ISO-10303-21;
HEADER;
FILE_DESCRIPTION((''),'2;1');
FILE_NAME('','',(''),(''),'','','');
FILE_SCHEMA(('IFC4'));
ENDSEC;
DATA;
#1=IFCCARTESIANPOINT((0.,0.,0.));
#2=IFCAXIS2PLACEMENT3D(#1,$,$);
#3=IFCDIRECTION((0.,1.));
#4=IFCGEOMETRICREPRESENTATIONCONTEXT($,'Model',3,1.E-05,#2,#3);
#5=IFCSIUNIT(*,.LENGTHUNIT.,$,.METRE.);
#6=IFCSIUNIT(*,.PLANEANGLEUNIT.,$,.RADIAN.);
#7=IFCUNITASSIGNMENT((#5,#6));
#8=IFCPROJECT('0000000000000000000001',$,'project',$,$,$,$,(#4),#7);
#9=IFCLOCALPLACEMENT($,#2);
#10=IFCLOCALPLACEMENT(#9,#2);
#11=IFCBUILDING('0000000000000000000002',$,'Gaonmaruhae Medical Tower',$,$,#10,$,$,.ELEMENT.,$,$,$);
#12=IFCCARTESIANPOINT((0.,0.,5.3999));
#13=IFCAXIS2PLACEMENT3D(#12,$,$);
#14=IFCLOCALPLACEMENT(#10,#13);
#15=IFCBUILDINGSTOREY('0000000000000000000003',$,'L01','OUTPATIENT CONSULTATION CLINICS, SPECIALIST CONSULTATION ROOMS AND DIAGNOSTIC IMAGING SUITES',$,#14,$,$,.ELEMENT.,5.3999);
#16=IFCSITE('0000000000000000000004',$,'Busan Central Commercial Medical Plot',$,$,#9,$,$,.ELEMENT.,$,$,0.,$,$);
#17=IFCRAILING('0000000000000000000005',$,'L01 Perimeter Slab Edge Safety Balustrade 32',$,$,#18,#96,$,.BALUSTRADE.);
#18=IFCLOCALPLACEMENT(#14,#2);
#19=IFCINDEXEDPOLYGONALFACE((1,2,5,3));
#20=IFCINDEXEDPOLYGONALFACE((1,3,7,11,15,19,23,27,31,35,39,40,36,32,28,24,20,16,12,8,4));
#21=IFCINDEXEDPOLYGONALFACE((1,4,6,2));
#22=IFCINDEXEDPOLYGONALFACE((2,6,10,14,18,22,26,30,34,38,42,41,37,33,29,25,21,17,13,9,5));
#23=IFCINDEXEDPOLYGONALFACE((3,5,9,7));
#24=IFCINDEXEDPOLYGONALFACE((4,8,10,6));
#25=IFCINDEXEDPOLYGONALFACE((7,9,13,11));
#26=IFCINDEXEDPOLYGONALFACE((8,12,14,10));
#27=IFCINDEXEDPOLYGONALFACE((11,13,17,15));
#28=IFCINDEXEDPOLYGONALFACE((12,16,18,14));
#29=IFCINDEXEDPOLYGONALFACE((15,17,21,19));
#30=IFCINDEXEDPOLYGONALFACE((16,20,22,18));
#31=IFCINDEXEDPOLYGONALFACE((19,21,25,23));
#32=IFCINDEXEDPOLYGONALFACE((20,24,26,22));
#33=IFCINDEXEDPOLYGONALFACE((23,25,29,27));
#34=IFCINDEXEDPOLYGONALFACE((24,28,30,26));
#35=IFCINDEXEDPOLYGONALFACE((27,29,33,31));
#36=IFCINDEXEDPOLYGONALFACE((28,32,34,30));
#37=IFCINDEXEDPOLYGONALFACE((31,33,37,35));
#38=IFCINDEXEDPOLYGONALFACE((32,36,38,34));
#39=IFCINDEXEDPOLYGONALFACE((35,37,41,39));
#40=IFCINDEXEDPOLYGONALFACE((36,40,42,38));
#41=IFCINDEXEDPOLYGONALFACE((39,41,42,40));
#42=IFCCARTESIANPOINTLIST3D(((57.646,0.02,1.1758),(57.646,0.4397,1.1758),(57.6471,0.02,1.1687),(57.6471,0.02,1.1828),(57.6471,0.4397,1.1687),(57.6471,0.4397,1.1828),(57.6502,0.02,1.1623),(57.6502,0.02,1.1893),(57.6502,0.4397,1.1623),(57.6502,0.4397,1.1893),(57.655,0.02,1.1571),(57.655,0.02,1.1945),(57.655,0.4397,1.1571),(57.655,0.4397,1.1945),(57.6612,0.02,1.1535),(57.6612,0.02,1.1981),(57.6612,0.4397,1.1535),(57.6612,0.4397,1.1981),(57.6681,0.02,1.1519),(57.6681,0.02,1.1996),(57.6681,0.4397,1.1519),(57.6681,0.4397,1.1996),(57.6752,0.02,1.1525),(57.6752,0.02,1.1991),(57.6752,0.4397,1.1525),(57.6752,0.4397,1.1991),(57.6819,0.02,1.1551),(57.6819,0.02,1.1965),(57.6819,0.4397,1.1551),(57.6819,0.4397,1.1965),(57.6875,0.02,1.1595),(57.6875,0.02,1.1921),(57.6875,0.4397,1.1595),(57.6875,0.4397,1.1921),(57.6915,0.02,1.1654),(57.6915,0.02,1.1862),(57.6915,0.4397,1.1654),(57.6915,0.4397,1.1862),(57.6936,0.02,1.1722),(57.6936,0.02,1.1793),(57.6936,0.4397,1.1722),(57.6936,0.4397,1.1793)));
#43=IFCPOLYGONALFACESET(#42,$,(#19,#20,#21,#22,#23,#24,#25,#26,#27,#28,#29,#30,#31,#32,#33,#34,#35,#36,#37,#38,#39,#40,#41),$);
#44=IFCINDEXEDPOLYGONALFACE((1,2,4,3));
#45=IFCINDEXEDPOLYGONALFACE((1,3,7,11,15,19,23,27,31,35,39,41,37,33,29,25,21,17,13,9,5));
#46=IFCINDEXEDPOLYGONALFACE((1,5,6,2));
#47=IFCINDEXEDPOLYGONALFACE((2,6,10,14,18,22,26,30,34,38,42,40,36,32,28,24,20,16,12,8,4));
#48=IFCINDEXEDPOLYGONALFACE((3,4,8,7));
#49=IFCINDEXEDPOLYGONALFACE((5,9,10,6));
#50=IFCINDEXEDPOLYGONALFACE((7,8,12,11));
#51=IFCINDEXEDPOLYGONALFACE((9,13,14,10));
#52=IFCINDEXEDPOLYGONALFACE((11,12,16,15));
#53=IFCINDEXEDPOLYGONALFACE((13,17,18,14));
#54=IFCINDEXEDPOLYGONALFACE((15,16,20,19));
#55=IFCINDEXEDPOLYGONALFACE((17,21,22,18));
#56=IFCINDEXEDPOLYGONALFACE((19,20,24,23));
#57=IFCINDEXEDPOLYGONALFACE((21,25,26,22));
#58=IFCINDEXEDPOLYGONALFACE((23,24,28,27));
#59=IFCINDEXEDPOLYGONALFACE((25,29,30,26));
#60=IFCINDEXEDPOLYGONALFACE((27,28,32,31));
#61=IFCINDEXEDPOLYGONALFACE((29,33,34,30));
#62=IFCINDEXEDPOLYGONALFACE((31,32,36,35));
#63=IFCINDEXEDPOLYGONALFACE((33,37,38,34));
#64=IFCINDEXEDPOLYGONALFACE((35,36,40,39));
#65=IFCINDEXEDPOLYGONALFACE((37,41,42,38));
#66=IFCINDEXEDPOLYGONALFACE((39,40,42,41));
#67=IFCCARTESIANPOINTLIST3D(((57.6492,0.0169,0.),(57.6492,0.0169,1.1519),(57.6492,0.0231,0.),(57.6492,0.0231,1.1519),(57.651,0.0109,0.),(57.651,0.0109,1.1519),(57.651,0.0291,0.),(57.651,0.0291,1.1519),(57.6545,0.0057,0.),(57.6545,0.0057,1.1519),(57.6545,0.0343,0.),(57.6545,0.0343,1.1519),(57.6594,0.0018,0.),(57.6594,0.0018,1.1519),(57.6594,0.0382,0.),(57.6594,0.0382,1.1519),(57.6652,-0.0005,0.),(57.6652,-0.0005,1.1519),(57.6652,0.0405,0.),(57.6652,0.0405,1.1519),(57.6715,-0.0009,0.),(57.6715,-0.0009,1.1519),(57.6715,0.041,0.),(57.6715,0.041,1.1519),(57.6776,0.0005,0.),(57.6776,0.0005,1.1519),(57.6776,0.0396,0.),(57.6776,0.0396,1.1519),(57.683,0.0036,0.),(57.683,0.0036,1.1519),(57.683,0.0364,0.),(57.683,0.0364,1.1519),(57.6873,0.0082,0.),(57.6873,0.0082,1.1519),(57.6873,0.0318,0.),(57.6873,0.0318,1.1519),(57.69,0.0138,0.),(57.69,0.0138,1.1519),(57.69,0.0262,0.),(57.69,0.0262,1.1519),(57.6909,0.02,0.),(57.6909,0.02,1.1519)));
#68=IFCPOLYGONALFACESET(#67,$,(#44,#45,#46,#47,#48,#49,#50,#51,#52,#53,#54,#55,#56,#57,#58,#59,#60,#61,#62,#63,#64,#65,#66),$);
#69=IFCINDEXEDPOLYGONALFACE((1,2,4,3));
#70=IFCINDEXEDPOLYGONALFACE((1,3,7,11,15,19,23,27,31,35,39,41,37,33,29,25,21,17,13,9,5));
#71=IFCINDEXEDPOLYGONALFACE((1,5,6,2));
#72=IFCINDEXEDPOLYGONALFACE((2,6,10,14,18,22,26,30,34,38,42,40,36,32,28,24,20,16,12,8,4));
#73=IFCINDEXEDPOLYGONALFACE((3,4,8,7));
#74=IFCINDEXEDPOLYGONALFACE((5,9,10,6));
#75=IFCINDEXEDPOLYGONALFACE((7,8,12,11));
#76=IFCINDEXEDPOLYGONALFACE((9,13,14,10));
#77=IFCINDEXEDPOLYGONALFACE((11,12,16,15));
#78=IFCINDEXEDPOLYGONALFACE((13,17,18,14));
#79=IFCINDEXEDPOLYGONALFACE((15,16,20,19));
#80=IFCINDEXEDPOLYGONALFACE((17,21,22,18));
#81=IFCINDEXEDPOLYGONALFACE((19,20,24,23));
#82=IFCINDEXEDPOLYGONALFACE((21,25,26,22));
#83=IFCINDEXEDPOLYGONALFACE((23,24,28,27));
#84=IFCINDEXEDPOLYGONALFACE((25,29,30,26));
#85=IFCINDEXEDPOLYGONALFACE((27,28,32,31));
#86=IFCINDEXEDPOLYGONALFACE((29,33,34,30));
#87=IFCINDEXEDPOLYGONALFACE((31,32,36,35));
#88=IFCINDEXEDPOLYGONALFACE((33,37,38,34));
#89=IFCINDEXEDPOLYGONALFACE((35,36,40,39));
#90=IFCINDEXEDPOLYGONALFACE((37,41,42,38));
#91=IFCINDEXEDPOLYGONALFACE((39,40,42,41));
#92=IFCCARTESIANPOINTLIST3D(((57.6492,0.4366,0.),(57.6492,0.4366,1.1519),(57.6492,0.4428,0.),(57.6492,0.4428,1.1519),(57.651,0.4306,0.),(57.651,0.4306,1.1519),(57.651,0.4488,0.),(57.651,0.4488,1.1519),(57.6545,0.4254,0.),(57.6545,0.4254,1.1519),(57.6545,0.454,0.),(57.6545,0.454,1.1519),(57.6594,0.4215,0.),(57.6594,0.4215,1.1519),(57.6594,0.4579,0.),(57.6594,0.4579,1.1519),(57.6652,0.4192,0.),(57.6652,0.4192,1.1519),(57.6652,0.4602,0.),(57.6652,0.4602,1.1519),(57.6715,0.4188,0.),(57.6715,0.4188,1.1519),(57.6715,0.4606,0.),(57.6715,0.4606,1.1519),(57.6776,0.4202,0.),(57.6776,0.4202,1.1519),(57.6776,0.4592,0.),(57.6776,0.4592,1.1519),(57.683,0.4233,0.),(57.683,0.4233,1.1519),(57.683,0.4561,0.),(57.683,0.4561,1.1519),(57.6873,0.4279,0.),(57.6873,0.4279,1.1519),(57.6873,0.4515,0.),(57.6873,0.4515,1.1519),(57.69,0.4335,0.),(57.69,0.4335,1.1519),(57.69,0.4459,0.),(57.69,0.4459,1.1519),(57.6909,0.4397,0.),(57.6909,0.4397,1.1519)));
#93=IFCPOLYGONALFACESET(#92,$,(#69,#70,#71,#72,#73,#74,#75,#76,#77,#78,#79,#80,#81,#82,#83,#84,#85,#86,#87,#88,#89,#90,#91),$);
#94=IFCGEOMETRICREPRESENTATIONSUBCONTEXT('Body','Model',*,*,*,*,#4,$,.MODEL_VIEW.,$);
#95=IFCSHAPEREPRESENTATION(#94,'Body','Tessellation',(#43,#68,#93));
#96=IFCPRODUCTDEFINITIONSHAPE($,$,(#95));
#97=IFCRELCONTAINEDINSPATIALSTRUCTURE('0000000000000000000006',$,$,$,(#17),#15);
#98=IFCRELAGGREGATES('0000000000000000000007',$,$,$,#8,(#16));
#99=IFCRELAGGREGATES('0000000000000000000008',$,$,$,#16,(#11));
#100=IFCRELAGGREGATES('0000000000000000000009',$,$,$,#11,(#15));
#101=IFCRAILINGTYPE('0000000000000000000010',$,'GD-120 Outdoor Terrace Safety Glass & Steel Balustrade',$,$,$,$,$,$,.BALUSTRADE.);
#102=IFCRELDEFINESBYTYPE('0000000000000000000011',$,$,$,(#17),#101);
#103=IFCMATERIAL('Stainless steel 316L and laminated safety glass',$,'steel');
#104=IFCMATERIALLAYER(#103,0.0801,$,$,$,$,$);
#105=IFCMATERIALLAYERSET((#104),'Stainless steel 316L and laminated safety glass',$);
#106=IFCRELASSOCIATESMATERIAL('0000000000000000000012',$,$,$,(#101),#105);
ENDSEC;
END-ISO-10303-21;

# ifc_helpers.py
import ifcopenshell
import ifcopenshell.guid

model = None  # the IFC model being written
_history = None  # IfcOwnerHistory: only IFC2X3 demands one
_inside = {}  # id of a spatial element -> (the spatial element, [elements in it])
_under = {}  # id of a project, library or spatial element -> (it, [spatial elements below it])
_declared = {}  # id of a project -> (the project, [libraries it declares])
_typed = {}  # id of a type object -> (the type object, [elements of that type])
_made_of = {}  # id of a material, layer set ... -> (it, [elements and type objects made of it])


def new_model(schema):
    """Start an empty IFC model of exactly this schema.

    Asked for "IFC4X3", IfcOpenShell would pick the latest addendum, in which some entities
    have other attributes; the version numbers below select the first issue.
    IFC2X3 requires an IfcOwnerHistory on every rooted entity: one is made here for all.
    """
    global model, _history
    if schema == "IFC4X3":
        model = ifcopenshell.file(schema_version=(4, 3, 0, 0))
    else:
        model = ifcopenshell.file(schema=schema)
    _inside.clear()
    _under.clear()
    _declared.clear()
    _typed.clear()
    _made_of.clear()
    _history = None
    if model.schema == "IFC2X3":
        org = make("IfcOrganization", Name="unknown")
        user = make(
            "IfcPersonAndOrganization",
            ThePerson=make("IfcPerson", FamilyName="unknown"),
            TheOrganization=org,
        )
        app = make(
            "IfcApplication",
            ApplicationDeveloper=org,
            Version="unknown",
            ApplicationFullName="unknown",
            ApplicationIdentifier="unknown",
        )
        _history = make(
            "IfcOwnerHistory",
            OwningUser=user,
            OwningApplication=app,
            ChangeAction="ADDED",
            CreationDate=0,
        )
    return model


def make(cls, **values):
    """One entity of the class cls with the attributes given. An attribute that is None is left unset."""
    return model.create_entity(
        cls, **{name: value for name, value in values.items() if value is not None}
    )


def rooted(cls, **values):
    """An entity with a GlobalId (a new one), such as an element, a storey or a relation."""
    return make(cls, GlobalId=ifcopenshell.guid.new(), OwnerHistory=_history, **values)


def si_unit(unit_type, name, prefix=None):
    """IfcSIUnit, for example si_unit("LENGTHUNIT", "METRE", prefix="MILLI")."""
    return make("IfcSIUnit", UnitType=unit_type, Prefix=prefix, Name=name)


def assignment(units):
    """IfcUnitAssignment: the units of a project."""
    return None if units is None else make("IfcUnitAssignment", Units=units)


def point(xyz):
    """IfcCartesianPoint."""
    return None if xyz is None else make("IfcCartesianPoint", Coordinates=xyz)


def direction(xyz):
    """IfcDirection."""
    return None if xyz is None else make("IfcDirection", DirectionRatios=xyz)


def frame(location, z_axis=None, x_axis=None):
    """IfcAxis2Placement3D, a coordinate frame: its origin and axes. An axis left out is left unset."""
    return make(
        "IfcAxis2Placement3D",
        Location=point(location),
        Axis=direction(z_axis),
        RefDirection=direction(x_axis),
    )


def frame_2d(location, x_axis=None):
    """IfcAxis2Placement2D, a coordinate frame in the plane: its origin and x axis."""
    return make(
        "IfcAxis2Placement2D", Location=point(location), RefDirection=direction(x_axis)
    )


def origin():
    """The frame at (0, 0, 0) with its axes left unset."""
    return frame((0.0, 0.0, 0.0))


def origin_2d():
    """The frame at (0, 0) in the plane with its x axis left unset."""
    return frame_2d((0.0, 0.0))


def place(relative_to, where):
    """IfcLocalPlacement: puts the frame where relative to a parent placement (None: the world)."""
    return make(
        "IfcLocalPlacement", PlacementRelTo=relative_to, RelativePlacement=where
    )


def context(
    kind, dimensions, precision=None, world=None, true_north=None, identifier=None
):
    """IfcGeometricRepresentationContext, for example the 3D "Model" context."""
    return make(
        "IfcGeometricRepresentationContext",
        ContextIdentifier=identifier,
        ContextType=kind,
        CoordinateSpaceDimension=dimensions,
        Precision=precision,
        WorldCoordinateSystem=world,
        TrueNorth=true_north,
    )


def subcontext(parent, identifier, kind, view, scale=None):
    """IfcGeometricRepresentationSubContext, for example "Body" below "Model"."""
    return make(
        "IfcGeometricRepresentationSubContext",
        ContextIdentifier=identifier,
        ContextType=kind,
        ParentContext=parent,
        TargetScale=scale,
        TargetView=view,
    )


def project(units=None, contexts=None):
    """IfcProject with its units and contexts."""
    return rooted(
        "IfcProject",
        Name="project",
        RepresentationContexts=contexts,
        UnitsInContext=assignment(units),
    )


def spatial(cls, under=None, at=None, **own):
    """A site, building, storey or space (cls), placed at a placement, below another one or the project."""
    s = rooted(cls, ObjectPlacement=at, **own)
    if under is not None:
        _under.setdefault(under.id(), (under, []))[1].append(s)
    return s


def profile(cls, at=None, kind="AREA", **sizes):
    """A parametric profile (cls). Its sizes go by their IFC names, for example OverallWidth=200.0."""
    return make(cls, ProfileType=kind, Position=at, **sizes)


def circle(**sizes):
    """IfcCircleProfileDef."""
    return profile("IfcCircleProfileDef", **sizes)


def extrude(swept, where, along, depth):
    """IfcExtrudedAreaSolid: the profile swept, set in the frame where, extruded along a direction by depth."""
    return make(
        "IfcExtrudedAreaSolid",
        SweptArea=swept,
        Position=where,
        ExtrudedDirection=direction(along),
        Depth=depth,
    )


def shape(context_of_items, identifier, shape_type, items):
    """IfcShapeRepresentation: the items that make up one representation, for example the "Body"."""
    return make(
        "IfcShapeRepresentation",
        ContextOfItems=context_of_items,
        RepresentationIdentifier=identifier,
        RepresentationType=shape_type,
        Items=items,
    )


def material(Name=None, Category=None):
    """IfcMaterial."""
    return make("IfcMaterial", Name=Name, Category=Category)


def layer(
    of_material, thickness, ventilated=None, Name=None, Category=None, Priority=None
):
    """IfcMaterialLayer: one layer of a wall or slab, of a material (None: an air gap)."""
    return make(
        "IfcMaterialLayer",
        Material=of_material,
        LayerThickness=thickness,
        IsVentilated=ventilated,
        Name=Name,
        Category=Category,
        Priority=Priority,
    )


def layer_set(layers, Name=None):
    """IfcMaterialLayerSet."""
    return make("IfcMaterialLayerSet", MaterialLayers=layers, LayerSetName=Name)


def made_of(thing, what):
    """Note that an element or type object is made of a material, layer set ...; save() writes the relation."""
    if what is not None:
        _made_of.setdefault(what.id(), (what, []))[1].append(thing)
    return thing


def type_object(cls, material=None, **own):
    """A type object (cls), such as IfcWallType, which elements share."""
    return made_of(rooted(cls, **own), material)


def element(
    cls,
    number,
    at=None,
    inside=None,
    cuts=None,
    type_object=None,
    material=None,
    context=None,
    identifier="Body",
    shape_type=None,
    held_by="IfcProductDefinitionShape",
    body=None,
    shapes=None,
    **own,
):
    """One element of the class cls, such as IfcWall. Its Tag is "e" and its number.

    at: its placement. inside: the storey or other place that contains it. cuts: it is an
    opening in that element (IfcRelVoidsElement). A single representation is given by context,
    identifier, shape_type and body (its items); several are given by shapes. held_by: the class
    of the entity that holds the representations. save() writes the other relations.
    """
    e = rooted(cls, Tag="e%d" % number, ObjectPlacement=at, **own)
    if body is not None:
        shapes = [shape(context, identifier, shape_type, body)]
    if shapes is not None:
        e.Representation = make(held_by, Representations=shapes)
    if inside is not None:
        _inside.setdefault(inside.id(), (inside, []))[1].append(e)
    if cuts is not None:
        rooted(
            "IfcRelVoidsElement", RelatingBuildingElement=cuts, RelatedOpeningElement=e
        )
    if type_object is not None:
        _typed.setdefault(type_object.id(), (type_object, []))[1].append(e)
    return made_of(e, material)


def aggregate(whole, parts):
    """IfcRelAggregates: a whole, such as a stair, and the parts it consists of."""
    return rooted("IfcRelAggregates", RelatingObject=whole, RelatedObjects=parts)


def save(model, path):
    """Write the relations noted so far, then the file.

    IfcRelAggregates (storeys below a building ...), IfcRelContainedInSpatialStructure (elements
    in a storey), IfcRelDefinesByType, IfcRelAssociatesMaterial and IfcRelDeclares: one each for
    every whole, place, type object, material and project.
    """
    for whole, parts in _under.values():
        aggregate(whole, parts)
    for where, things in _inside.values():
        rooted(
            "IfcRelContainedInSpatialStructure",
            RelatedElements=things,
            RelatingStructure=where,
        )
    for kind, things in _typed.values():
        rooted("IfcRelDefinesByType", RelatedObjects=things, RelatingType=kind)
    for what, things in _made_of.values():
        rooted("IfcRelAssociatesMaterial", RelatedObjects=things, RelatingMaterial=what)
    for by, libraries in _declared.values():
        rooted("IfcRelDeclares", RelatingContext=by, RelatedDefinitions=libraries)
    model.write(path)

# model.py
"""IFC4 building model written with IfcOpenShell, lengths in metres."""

from ifc_helpers import new_model, si_unit, direction, frame, origin, origin_2d, place, context, subcontext, project, spatial, circle, extrude, material, layer, layer_set, type_object, element, save


model = new_model("IFC4")

# Units and contexts
model_context = context("Model", 3, precision=1e-05, world=origin(), true_north=direction((0.0, 1.0)))
body_context = subcontext(model_context, "Body", "Model", "MODEL_VIEW")
ifc_project = project(units=[si_unit("LENGTHUNIT", "METRE"), si_unit("PLANEANGLEUNIT", "RADIAN")], contexts=[model_context])

# Site, building, storey
site_placement = place(None, origin())
site = spatial("IfcSite", under=ifc_project, at=site_placement, Name="Busan Central Commercial Medical Plot", CompositionType="ELEMENT", RefElevation=0.0)
building_placement = place(site_placement, origin())
building = spatial("IfcBuilding", under=site, at=building_placement, Name="Gaonmaruhae Medical Tower", CompositionType="ELEMENT")
storey_placement = place(building_placement, frame((0.0, 0.0, 5.3999)))
storey = spatial("IfcBuildingStorey", under=building, at=storey_placement, Name="L01", Description="OUTPATIENT CONSULTATION CLINICS, SPECIALIST CONSULTATION ROOMS AND DIAGNOSTIC IMAGING SUITES", CompositionType="ELEMENT", Elevation=5.3999)

# Railing
ifc_material_1 = material(Name="Stainless steel 316L and laminated safety glass", Category="steel")
ifc_layer_1 = layer(ifc_material_1, 0.0801)
ifc_layer_set_1 = layer_set([ifc_layer_1], Name="Stainless steel 316L and laminated safety glass")
railing_type = type_object("IfcRailingType", Name="GD-120 Outdoor Terrace Safety Glass & Steel Balustrade", PredefinedType="BALUSTRADE", material=ifc_layer_set_1)
railing_placement = place(storey_placement, frame((57.6699, 0.02, 0.0)))
element("IfcRailing", 1, at=railing_placement, inside=storey, type_object=railing_type, Name="L01 Perimeter Slab Edge Safety Balustrade 32", PredefinedType="BALUSTRADE", context=body_context, shape_type="SweptSolid", body=[
    extrude(circle(Radius=0.0239, at=origin_2d()), frame((0.0, 0.0, 1.1758), z_axis=(0.0, 1.0, 0.0), x_axis=(-1.0, 0.0, 0.0)), (0.0, 0.0, 1.0), 0.4197),
    extrude(circle(Radius=0.021, at=origin_2d()), origin(), (0.0, 0.0, 1.0), 1.1519),
    extrude(circle(Radius=0.021, at=origin_2d()), frame((0.0, 0.4197, 0.0)), (0.0, 0.0, 1.0), 1.1519),
])

save(model, "model.ifc")
